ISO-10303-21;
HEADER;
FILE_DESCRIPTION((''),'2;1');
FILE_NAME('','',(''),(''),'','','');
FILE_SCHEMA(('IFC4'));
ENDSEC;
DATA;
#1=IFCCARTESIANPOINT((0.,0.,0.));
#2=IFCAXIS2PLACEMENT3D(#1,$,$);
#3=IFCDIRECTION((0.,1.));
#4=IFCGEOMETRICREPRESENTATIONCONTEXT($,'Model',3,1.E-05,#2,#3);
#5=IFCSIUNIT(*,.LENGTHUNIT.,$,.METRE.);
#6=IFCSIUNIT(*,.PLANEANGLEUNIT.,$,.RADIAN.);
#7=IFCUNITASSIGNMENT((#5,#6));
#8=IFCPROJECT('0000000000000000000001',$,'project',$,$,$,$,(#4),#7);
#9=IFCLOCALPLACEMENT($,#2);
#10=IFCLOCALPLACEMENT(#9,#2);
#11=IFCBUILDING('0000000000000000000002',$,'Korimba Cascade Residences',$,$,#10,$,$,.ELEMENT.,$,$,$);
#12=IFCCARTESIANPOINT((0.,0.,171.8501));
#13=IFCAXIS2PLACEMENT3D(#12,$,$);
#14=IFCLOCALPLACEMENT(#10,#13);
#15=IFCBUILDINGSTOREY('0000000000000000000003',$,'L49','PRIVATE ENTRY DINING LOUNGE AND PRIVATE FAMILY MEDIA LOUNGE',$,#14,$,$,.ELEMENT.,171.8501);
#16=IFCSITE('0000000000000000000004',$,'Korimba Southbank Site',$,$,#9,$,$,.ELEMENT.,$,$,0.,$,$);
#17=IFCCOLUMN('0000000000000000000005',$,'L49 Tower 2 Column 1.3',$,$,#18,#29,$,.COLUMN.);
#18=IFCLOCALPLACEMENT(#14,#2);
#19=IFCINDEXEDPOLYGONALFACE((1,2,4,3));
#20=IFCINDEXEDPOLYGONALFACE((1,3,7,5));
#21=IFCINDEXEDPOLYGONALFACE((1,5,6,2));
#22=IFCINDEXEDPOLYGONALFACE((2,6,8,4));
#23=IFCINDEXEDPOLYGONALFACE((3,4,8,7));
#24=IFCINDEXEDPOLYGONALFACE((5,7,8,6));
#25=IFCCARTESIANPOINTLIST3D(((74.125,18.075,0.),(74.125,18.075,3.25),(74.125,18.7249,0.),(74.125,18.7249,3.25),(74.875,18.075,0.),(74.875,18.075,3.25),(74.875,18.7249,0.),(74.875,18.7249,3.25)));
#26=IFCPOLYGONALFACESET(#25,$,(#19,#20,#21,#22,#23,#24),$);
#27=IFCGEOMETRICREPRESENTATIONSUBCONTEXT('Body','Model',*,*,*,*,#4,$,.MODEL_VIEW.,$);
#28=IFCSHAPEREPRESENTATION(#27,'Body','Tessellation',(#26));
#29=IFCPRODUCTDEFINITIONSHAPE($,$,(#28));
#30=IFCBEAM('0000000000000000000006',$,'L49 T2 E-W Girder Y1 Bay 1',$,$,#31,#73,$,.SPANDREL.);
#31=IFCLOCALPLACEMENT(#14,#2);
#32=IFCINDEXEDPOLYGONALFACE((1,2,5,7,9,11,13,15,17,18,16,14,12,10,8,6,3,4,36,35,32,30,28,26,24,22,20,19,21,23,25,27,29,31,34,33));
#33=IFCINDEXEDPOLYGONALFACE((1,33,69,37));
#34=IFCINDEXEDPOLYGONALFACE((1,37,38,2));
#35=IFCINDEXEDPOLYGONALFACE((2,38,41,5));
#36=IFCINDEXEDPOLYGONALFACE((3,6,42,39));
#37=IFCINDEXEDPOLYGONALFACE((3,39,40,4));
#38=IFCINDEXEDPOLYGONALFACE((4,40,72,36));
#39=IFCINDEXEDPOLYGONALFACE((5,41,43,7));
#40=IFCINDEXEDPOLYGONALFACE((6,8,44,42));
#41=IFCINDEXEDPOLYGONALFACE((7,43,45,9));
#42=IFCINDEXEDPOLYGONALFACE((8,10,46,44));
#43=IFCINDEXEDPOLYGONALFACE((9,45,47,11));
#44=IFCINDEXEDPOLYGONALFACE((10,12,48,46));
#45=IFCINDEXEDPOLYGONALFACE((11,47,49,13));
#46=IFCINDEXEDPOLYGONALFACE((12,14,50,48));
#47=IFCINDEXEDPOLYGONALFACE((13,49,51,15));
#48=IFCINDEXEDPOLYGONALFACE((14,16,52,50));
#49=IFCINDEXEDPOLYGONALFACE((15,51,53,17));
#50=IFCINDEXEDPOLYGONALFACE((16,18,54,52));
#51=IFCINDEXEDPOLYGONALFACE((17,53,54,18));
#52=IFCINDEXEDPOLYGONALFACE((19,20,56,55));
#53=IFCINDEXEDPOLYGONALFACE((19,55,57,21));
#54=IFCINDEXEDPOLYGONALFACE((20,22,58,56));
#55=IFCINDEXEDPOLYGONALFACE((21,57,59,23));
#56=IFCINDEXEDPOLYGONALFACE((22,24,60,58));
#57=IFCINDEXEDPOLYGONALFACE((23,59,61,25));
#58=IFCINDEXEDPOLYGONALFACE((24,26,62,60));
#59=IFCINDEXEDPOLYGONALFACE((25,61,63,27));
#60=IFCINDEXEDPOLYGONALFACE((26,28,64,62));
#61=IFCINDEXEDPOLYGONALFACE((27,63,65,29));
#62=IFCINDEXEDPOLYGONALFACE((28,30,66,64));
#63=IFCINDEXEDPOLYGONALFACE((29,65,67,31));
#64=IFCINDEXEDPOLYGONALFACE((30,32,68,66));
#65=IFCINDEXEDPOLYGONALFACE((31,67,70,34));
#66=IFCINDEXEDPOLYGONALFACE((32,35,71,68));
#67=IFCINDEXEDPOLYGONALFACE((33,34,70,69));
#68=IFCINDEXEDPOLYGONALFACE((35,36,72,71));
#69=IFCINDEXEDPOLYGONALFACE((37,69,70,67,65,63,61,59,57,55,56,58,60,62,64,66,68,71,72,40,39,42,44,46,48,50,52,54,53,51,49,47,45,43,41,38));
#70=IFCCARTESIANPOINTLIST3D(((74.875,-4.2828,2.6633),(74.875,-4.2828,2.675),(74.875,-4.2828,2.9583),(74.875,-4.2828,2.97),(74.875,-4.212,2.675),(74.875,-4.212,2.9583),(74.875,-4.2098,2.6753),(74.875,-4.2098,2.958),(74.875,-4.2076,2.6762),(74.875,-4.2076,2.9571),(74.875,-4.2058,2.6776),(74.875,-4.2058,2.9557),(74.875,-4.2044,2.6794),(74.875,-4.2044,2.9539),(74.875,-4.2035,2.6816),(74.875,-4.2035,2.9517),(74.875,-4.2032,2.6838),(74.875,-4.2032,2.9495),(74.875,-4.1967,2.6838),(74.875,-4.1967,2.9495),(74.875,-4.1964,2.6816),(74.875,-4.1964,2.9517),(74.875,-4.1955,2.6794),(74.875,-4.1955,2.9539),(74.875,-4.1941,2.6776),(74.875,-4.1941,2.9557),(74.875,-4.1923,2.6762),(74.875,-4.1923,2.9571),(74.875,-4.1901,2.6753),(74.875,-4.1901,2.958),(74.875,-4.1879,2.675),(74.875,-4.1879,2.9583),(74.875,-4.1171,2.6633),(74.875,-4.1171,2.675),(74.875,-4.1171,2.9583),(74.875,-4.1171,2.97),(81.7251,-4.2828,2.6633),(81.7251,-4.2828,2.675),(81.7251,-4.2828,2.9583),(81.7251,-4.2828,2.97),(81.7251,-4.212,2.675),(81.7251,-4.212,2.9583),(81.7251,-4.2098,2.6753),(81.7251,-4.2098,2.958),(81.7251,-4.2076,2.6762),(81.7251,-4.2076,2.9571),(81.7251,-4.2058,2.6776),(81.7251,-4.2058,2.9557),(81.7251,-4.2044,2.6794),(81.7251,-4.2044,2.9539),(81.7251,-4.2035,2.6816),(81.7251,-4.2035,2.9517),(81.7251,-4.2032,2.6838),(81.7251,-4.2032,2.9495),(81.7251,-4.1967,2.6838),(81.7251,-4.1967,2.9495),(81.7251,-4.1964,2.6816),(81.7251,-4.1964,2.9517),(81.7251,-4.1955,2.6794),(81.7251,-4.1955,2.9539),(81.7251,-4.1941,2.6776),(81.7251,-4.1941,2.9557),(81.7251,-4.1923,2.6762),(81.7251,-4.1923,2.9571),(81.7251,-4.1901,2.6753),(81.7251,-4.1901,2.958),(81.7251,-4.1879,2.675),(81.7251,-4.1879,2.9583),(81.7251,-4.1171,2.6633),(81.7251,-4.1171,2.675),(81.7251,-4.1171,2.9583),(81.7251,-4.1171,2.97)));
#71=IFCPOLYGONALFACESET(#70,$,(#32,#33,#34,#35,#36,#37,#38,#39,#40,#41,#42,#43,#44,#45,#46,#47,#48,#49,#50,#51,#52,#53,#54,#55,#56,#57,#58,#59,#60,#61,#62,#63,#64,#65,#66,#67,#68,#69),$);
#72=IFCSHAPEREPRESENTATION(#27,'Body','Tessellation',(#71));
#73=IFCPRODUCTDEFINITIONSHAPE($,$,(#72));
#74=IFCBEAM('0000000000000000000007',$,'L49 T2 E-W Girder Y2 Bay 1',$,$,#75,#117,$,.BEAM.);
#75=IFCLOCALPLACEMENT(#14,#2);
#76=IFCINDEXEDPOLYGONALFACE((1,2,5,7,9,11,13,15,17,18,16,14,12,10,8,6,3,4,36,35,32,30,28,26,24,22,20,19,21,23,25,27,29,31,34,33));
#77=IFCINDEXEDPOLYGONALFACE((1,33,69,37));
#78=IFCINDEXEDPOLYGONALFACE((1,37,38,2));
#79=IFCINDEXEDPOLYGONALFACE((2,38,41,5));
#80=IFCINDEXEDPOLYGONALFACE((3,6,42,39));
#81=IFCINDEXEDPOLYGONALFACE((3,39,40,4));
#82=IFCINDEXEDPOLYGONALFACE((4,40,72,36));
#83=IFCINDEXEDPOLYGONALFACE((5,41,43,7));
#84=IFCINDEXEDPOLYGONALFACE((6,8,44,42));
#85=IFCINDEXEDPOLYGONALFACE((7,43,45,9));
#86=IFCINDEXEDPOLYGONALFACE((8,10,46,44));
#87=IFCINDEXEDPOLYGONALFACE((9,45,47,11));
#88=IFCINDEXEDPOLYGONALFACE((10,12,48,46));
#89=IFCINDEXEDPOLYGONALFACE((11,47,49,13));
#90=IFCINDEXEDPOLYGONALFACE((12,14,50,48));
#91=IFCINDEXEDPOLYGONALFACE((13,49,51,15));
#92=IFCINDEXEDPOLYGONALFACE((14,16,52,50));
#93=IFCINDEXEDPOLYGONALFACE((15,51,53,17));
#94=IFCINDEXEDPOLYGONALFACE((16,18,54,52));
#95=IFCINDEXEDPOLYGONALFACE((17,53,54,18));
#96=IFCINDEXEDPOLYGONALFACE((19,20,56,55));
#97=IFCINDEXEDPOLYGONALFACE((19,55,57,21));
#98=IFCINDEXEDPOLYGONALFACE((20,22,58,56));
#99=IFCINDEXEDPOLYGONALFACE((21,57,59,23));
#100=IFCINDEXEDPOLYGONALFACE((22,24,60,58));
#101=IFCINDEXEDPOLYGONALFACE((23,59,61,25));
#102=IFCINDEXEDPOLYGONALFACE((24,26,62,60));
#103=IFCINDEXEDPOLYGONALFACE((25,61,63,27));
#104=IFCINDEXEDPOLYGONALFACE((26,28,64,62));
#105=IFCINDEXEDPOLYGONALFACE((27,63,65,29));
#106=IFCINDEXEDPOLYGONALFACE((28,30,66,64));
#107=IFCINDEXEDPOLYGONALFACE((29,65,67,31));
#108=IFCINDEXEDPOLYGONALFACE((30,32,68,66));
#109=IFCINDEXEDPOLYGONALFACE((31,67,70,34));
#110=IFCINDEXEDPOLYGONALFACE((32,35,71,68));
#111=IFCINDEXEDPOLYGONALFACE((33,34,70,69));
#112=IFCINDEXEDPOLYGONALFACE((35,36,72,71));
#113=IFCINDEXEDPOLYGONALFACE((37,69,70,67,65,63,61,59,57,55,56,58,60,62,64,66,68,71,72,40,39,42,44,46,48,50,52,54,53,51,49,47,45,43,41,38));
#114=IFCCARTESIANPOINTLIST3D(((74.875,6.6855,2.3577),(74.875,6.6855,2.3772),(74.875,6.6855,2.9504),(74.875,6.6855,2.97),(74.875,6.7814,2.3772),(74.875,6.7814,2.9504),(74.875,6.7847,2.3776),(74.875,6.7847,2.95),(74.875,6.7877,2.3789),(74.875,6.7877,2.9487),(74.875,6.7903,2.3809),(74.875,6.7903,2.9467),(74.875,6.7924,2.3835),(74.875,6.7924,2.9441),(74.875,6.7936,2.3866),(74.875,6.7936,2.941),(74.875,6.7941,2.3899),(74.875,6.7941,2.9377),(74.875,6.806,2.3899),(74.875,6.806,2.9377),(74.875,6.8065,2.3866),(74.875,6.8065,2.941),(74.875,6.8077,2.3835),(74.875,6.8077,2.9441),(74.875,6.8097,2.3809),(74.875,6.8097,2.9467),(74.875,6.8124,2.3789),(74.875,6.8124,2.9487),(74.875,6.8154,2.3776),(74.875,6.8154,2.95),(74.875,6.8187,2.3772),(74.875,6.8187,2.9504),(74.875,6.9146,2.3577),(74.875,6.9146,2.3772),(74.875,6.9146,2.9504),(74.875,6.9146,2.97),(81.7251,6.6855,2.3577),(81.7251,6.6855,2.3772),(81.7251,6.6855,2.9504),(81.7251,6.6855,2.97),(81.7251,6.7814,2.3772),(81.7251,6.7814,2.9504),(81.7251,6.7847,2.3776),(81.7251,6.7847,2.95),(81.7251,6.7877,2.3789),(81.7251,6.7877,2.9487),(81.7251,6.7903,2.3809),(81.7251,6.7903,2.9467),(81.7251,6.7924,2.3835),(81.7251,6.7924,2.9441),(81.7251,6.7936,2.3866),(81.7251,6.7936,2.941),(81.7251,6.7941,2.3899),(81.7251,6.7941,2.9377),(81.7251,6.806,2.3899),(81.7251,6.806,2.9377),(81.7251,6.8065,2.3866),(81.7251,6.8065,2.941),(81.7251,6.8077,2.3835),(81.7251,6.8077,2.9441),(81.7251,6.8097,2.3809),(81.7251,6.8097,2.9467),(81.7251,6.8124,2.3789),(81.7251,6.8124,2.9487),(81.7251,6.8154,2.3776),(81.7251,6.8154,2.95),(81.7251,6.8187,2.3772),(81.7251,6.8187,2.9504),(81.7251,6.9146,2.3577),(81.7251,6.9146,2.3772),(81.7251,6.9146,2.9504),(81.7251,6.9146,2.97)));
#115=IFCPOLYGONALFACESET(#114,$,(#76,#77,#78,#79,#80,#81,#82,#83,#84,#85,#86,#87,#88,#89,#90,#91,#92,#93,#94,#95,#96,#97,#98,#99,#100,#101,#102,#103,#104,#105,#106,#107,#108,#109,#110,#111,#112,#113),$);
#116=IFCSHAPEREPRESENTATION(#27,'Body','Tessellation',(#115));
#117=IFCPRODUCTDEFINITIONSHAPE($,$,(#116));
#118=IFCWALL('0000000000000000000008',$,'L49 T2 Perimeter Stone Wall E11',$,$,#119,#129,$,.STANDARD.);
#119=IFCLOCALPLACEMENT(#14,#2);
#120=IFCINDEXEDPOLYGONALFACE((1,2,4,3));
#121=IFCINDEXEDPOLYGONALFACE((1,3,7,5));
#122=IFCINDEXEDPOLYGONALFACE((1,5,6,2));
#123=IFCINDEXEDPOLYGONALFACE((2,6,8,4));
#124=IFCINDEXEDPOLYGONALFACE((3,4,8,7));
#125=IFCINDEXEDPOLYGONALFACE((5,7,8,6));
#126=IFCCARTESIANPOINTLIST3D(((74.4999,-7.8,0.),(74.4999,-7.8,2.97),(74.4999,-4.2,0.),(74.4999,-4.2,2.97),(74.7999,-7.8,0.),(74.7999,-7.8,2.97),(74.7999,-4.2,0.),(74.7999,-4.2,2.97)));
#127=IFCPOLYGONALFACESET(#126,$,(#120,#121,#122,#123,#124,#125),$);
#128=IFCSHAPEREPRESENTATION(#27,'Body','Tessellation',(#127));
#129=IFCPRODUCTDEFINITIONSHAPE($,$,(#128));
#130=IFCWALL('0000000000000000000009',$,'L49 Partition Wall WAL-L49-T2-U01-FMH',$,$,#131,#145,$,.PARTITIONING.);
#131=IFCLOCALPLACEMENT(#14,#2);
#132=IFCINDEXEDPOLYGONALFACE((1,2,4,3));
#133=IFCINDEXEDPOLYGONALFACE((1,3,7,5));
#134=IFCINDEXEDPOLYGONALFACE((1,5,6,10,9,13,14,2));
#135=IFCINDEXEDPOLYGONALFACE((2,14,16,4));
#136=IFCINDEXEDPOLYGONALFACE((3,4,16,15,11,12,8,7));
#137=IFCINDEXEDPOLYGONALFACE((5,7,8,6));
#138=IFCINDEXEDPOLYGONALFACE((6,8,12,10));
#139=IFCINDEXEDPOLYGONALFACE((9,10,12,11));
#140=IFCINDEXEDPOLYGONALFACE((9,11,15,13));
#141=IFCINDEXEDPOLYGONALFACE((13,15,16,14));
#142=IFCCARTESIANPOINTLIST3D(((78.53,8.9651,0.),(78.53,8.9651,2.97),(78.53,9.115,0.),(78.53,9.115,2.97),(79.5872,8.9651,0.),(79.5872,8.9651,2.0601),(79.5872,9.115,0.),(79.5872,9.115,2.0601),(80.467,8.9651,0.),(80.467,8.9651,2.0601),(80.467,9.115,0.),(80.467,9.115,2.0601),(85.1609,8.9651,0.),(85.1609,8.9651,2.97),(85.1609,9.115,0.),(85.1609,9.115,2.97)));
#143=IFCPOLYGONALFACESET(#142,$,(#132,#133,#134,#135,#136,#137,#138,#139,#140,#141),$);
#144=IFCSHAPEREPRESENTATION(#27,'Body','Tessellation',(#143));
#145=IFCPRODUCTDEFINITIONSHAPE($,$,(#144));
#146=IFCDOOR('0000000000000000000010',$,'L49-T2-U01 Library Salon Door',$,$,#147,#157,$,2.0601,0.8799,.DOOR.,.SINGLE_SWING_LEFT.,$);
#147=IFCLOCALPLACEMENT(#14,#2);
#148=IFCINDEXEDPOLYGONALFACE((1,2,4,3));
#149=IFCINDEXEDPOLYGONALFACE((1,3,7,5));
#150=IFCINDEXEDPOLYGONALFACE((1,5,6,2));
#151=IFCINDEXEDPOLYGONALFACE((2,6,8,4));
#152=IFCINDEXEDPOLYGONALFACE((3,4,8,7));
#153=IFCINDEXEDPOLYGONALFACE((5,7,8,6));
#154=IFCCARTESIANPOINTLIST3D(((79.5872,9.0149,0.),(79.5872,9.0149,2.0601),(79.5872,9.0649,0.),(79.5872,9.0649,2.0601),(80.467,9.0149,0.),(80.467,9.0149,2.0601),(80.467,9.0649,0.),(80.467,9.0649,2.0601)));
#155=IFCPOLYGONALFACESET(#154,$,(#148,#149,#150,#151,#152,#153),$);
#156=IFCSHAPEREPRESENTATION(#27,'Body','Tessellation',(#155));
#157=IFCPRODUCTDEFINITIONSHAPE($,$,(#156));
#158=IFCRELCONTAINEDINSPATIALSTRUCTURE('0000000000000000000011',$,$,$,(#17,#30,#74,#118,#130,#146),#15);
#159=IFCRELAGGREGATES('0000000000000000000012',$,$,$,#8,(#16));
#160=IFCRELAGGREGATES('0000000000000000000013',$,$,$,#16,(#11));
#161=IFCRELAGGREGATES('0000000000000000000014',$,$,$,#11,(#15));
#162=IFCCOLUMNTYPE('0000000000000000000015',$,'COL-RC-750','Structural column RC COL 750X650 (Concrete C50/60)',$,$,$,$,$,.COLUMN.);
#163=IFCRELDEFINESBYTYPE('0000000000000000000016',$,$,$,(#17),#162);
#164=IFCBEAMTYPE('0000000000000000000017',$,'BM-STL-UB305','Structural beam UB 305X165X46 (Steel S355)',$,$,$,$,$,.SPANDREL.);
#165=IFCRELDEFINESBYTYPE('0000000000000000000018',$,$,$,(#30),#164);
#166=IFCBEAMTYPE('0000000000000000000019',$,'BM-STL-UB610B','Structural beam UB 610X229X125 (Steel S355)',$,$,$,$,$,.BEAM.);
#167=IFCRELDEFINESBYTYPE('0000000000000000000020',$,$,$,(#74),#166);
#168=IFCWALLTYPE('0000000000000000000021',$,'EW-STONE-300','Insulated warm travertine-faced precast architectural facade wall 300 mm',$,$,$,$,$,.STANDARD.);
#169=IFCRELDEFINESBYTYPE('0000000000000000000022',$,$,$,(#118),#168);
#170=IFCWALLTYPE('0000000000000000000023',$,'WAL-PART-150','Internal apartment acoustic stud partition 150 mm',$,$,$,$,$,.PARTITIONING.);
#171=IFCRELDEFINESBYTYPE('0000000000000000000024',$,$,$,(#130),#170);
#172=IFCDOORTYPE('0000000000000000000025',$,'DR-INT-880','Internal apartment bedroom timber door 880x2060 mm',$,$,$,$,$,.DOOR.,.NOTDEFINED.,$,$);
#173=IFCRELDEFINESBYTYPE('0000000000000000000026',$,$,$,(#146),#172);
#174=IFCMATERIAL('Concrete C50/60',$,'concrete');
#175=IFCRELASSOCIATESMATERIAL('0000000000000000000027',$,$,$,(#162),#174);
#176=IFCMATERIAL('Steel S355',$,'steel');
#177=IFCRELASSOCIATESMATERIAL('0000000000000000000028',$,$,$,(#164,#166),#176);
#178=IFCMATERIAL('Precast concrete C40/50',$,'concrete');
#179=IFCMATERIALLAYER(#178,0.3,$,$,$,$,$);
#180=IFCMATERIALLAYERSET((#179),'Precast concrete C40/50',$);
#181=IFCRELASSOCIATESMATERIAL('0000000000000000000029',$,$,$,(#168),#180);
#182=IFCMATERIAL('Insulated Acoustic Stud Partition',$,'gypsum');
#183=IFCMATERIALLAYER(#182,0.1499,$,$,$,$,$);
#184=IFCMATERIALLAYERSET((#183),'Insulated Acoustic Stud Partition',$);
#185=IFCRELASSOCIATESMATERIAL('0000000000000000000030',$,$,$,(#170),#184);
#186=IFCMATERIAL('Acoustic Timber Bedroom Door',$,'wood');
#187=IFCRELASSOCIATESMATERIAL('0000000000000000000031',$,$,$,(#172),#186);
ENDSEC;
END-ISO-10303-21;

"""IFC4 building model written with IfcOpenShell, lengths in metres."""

from ifc_helpers import new_model, si_unit, direction, frame, frame_2d, origin, origin_2d, place, context, subcontext, project, spatial, rectangle, i_section, extrude, material, layer, layer_set, material_profile, profile_set, type_object, element, fill, save


model = new_model("IFC4")

# Units and contexts
model_context = context("Model", 3, precision=1e-05, world=origin(), true_north=direction((0.0, 1.0)))
body_context = subcontext(model_context, "Body", "Model", "MODEL_VIEW")
ifc_project = project(units=[si_unit("LENGTHUNIT", "METRE"), si_unit("PLANEANGLEUNIT", "RADIAN")], contexts=[model_context])

# Site, building, storey
site_placement = place(None, origin())
site = spatial("IfcSite", under=ifc_project, at=site_placement, Name="Korimba Southbank Site", CompositionType="ELEMENT", RefElevation=0.0)
building_placement = place(site_placement, origin())
building = spatial("IfcBuilding", under=site, at=building_placement, Name="Korimba Cascade Residences", CompositionType="ELEMENT")
storey_placement = place(building_placement, frame((0.0, 0.0, 171.8501)))
storey = spatial("IfcBuildingStorey", under=building, at=storey_placement, Name="L49", Description="PRIVATE ENTRY DINING LOUNGE AND PRIVATE FAMILY MEDIA LOUNGE", CompositionType="ELEMENT", Elevation=171.8501)

# Column
ifc_material_1 = material(Name="Concrete C50/60", Category="concrete")
ifc_material_profile_1 = material_profile(ifc_material_1, rectangle(XDim=0.75, YDim=0.6499, at=origin_2d()), Name="Concrete C50/60")
ifc_profile_set_1 = profile_set([ifc_material_profile_1], Name="Concrete C50/60")
column_type = type_object("IfcColumnType", Name="COL-RC-750", Description="Structural column RC COL 750X650 (Concrete C50/60)", PredefinedType="COLUMN", material=ifc_profile_set_1)
column_placement = place(storey_placement, frame((74.5, 18.3999, 0.0), z_axis=(0.0, 0.0, 1.0), x_axis=(1.0, 0.0, 0.0)))
element("IfcColumn", 1, at=column_placement, inside=storey, type_object=column_type, Name="L49 Tower 2 Column 1.3", PredefinedType="COLUMN", context=body_context, shape_type="SweptSolid", body=[
    extrude(rectangle(XDim=0.75, YDim=0.6499, at=origin_2d()), origin(), (0.0, 0.0, 1.0), 3.25),
])

# Beams
ifc_material_2 = material(Name="Steel S355", Category="steel")
ifc_material_profile_2 = material_profile(ifc_material_2, i_section(OverallWidth=0.1658, OverallDepth=0.3066, WebThickness=0.0066, FlangeThickness=0.0117, FilletRadius=0.0088, at=origin_2d()), Name="Steel S355")
ifc_profile_set_2 = profile_set([ifc_material_profile_2], Name="Steel S355")
beam_type_1 = type_object("IfcBeamType", Name="BM-STL-UB305", Description="Structural beam UB 305X165X46 (Steel S355)", PredefinedType="SPANDREL", material=ifc_profile_set_2)
beam_1_placement = place(storey_placement, frame((74.875, -4.2, 2.8167), z_axis=(1.0, 0.0, 0.0), x_axis=(0.0, 1.0, 0.0)))
element("IfcBeam", 2, at=beam_1_placement, inside=storey, type_object=beam_type_1, Name="L49 T2 E-W Girder Y1 Bay 1", PredefinedType="SPANDREL", context=body_context, shape_type="SweptSolid", body=[
    extrude(i_section(OverallWidth=0.1658, OverallDepth=0.3066, WebThickness=0.0066, FlangeThickness=0.0117, FilletRadius=0.0088, at=origin_2d()), origin(), (0.0, 0.0, 1.0), 6.8501),
])
ifc_material_profile_3 = material_profile(ifc_material_2, i_section(OverallWidth=0.229, OverallDepth=0.6123, WebThickness=0.012, FlangeThickness=0.0195, FilletRadius=0.0127, at=origin_2d()), Name="Steel S355")
ifc_profile_set_3 = profile_set([ifc_material_profile_3], Name="Steel S355")
beam_type_2 = type_object("IfcBeamType", Name="BM-STL-UB610B", Description="Structural beam UB 610X229X125 (Steel S355)", PredefinedType="BEAM", material=ifc_profile_set_3)
beam_2_placement = place(storey_placement, frame((74.875, 6.8, 2.6638), z_axis=(1.0, 0.0, 0.0), x_axis=(0.0, 1.0, 0.0)))
element("IfcBeam", 3, at=beam_2_placement, inside=storey, type_object=beam_type_2, Name="L49 T2 E-W Girder Y2 Bay 1", PredefinedType="BEAM", context=body_context, shape_type="SweptSolid", body=[
    extrude(i_section(OverallWidth=0.229, OverallDepth=0.6123, WebThickness=0.012, FlangeThickness=0.0195, FilletRadius=0.0127, at=origin_2d()), origin(), (0.0, 0.0, 1.0), 6.8501),
])

# Wall
ifc_material_3 = material(Name="Precast concrete C40/50", Category="concrete")
ifc_layer_1 = layer(ifc_material_3, 0.3)
ifc_layer_set_1 = layer_set([ifc_layer_1], Name="Precast concrete C40/50")
wall_type_1 = type_object("IfcWallType", Name="EW-STONE-300", Description="Insulated warm travertine-faced precast architectural facade wall 300 mm", PredefinedType="STANDARD", material=ifc_layer_set_1)
wall_1_placement = place(storey_placement, frame((74.6499, -4.2, 0.0), z_axis=(0.0, 0.0, 1.0), x_axis=(0.0, -1.0, 0.0)))
element("IfcWall", 4, at=wall_1_placement, inside=storey, type_object=wall_type_1, Name="L49 T2 Perimeter Stone Wall E11", PredefinedType="STANDARD", context=body_context, shape_type="SweptSolid", body=[
    extrude(rectangle(XDim=3.6001, YDim=0.3, at=frame_2d((1.8, 0.0))), origin(), (0.0, 0.0, 1.0), 2.97),
])

# Wall, opening, door
ifc_material_4 = material(Name="Insulated Acoustic Stud Partition", Category="gypsum")
ifc_layer_2 = layer(ifc_material_4, 0.1499)
ifc_layer_set_2 = layer_set([ifc_layer_2], Name="Insulated Acoustic Stud Partition")
wall_type_2 = type_object("IfcWallType", Name="WAL-PART-150", Description="Internal apartment acoustic stud partition 150 mm", PredefinedType="PARTITIONING", material=ifc_layer_set_2)
wall_2_placement = place(storey_placement, frame((78.53, 9.04, 0.0), z_axis=(0.0, 0.0, 1.0), x_axis=(1.0, 0.0, 0.0)))
wall_2 = element("IfcWall", 5, at=wall_2_placement, inside=storey, type_object=wall_type_2, Name="L49 Partition Wall WAL-L49-T2-U01-FMH", PredefinedType="PARTITIONING", context=body_context, shape_type="SweptSolid", body=[
    extrude(rectangle(XDim=6.6309, YDim=0.1499, at=frame_2d((3.3154, 0.0))), origin(), (0.0, 0.0, 1.0), 2.97),
])
opening_1_placement = place(wall_2_placement, frame((1.0571, 0.0, 0.0)))
opening_1 = element("IfcOpeningElement", 6, at=opening_1_placement, cuts=wall_2, PredefinedType="OPENING", context=body_context, shape_type="SweptSolid", body=[
    extrude(rectangle(XDim=0.8799, YDim=2.0601, at=frame_2d((0.4399, 1.03))), frame((0.0, 0.085, 0.0), z_axis=(0.0, -1.0, 0.0), x_axis=(1.0, 0.0, 0.0)), (0.0, 0.0, 1.0), 0.1699),
])
ifc_material_5 = material(Name="Acoustic Timber Bedroom Door", Category="wood")
door_type_1 = type_object("IfcDoorType", Name="DR-INT-880", Description="Internal apartment bedroom timber door 880x2060 mm", OperationType="NOTDEFINED", PredefinedType="DOOR", material=ifc_material_5)
door_1_placement = place(opening_1_placement, origin())
door_1 = element("IfcDoor", 7, at=door_1_placement, inside=storey, type_object=door_type_1, Name="L49-T2-U01 Library Salon Door", OperationType="SINGLE_SWING_LEFT", OverallHeight=2.0601, OverallWidth=0.8799, PredefinedType="DOOR", context=body_context, shape_type="SweptSolid", body=[
    extrude(rectangle(XDim=0.8799, YDim=2.0601, at=frame_2d((0.4399, 1.03))), frame((0.0, 0.0249, 0.0), z_axis=(0.0, -1.0, 0.0), x_axis=(1.0, 0.0, 0.0)), (0.0, 0.0, 1.0), 0.05),
])
fill(opening_1, door_1)

save(model, "model.ifc")
